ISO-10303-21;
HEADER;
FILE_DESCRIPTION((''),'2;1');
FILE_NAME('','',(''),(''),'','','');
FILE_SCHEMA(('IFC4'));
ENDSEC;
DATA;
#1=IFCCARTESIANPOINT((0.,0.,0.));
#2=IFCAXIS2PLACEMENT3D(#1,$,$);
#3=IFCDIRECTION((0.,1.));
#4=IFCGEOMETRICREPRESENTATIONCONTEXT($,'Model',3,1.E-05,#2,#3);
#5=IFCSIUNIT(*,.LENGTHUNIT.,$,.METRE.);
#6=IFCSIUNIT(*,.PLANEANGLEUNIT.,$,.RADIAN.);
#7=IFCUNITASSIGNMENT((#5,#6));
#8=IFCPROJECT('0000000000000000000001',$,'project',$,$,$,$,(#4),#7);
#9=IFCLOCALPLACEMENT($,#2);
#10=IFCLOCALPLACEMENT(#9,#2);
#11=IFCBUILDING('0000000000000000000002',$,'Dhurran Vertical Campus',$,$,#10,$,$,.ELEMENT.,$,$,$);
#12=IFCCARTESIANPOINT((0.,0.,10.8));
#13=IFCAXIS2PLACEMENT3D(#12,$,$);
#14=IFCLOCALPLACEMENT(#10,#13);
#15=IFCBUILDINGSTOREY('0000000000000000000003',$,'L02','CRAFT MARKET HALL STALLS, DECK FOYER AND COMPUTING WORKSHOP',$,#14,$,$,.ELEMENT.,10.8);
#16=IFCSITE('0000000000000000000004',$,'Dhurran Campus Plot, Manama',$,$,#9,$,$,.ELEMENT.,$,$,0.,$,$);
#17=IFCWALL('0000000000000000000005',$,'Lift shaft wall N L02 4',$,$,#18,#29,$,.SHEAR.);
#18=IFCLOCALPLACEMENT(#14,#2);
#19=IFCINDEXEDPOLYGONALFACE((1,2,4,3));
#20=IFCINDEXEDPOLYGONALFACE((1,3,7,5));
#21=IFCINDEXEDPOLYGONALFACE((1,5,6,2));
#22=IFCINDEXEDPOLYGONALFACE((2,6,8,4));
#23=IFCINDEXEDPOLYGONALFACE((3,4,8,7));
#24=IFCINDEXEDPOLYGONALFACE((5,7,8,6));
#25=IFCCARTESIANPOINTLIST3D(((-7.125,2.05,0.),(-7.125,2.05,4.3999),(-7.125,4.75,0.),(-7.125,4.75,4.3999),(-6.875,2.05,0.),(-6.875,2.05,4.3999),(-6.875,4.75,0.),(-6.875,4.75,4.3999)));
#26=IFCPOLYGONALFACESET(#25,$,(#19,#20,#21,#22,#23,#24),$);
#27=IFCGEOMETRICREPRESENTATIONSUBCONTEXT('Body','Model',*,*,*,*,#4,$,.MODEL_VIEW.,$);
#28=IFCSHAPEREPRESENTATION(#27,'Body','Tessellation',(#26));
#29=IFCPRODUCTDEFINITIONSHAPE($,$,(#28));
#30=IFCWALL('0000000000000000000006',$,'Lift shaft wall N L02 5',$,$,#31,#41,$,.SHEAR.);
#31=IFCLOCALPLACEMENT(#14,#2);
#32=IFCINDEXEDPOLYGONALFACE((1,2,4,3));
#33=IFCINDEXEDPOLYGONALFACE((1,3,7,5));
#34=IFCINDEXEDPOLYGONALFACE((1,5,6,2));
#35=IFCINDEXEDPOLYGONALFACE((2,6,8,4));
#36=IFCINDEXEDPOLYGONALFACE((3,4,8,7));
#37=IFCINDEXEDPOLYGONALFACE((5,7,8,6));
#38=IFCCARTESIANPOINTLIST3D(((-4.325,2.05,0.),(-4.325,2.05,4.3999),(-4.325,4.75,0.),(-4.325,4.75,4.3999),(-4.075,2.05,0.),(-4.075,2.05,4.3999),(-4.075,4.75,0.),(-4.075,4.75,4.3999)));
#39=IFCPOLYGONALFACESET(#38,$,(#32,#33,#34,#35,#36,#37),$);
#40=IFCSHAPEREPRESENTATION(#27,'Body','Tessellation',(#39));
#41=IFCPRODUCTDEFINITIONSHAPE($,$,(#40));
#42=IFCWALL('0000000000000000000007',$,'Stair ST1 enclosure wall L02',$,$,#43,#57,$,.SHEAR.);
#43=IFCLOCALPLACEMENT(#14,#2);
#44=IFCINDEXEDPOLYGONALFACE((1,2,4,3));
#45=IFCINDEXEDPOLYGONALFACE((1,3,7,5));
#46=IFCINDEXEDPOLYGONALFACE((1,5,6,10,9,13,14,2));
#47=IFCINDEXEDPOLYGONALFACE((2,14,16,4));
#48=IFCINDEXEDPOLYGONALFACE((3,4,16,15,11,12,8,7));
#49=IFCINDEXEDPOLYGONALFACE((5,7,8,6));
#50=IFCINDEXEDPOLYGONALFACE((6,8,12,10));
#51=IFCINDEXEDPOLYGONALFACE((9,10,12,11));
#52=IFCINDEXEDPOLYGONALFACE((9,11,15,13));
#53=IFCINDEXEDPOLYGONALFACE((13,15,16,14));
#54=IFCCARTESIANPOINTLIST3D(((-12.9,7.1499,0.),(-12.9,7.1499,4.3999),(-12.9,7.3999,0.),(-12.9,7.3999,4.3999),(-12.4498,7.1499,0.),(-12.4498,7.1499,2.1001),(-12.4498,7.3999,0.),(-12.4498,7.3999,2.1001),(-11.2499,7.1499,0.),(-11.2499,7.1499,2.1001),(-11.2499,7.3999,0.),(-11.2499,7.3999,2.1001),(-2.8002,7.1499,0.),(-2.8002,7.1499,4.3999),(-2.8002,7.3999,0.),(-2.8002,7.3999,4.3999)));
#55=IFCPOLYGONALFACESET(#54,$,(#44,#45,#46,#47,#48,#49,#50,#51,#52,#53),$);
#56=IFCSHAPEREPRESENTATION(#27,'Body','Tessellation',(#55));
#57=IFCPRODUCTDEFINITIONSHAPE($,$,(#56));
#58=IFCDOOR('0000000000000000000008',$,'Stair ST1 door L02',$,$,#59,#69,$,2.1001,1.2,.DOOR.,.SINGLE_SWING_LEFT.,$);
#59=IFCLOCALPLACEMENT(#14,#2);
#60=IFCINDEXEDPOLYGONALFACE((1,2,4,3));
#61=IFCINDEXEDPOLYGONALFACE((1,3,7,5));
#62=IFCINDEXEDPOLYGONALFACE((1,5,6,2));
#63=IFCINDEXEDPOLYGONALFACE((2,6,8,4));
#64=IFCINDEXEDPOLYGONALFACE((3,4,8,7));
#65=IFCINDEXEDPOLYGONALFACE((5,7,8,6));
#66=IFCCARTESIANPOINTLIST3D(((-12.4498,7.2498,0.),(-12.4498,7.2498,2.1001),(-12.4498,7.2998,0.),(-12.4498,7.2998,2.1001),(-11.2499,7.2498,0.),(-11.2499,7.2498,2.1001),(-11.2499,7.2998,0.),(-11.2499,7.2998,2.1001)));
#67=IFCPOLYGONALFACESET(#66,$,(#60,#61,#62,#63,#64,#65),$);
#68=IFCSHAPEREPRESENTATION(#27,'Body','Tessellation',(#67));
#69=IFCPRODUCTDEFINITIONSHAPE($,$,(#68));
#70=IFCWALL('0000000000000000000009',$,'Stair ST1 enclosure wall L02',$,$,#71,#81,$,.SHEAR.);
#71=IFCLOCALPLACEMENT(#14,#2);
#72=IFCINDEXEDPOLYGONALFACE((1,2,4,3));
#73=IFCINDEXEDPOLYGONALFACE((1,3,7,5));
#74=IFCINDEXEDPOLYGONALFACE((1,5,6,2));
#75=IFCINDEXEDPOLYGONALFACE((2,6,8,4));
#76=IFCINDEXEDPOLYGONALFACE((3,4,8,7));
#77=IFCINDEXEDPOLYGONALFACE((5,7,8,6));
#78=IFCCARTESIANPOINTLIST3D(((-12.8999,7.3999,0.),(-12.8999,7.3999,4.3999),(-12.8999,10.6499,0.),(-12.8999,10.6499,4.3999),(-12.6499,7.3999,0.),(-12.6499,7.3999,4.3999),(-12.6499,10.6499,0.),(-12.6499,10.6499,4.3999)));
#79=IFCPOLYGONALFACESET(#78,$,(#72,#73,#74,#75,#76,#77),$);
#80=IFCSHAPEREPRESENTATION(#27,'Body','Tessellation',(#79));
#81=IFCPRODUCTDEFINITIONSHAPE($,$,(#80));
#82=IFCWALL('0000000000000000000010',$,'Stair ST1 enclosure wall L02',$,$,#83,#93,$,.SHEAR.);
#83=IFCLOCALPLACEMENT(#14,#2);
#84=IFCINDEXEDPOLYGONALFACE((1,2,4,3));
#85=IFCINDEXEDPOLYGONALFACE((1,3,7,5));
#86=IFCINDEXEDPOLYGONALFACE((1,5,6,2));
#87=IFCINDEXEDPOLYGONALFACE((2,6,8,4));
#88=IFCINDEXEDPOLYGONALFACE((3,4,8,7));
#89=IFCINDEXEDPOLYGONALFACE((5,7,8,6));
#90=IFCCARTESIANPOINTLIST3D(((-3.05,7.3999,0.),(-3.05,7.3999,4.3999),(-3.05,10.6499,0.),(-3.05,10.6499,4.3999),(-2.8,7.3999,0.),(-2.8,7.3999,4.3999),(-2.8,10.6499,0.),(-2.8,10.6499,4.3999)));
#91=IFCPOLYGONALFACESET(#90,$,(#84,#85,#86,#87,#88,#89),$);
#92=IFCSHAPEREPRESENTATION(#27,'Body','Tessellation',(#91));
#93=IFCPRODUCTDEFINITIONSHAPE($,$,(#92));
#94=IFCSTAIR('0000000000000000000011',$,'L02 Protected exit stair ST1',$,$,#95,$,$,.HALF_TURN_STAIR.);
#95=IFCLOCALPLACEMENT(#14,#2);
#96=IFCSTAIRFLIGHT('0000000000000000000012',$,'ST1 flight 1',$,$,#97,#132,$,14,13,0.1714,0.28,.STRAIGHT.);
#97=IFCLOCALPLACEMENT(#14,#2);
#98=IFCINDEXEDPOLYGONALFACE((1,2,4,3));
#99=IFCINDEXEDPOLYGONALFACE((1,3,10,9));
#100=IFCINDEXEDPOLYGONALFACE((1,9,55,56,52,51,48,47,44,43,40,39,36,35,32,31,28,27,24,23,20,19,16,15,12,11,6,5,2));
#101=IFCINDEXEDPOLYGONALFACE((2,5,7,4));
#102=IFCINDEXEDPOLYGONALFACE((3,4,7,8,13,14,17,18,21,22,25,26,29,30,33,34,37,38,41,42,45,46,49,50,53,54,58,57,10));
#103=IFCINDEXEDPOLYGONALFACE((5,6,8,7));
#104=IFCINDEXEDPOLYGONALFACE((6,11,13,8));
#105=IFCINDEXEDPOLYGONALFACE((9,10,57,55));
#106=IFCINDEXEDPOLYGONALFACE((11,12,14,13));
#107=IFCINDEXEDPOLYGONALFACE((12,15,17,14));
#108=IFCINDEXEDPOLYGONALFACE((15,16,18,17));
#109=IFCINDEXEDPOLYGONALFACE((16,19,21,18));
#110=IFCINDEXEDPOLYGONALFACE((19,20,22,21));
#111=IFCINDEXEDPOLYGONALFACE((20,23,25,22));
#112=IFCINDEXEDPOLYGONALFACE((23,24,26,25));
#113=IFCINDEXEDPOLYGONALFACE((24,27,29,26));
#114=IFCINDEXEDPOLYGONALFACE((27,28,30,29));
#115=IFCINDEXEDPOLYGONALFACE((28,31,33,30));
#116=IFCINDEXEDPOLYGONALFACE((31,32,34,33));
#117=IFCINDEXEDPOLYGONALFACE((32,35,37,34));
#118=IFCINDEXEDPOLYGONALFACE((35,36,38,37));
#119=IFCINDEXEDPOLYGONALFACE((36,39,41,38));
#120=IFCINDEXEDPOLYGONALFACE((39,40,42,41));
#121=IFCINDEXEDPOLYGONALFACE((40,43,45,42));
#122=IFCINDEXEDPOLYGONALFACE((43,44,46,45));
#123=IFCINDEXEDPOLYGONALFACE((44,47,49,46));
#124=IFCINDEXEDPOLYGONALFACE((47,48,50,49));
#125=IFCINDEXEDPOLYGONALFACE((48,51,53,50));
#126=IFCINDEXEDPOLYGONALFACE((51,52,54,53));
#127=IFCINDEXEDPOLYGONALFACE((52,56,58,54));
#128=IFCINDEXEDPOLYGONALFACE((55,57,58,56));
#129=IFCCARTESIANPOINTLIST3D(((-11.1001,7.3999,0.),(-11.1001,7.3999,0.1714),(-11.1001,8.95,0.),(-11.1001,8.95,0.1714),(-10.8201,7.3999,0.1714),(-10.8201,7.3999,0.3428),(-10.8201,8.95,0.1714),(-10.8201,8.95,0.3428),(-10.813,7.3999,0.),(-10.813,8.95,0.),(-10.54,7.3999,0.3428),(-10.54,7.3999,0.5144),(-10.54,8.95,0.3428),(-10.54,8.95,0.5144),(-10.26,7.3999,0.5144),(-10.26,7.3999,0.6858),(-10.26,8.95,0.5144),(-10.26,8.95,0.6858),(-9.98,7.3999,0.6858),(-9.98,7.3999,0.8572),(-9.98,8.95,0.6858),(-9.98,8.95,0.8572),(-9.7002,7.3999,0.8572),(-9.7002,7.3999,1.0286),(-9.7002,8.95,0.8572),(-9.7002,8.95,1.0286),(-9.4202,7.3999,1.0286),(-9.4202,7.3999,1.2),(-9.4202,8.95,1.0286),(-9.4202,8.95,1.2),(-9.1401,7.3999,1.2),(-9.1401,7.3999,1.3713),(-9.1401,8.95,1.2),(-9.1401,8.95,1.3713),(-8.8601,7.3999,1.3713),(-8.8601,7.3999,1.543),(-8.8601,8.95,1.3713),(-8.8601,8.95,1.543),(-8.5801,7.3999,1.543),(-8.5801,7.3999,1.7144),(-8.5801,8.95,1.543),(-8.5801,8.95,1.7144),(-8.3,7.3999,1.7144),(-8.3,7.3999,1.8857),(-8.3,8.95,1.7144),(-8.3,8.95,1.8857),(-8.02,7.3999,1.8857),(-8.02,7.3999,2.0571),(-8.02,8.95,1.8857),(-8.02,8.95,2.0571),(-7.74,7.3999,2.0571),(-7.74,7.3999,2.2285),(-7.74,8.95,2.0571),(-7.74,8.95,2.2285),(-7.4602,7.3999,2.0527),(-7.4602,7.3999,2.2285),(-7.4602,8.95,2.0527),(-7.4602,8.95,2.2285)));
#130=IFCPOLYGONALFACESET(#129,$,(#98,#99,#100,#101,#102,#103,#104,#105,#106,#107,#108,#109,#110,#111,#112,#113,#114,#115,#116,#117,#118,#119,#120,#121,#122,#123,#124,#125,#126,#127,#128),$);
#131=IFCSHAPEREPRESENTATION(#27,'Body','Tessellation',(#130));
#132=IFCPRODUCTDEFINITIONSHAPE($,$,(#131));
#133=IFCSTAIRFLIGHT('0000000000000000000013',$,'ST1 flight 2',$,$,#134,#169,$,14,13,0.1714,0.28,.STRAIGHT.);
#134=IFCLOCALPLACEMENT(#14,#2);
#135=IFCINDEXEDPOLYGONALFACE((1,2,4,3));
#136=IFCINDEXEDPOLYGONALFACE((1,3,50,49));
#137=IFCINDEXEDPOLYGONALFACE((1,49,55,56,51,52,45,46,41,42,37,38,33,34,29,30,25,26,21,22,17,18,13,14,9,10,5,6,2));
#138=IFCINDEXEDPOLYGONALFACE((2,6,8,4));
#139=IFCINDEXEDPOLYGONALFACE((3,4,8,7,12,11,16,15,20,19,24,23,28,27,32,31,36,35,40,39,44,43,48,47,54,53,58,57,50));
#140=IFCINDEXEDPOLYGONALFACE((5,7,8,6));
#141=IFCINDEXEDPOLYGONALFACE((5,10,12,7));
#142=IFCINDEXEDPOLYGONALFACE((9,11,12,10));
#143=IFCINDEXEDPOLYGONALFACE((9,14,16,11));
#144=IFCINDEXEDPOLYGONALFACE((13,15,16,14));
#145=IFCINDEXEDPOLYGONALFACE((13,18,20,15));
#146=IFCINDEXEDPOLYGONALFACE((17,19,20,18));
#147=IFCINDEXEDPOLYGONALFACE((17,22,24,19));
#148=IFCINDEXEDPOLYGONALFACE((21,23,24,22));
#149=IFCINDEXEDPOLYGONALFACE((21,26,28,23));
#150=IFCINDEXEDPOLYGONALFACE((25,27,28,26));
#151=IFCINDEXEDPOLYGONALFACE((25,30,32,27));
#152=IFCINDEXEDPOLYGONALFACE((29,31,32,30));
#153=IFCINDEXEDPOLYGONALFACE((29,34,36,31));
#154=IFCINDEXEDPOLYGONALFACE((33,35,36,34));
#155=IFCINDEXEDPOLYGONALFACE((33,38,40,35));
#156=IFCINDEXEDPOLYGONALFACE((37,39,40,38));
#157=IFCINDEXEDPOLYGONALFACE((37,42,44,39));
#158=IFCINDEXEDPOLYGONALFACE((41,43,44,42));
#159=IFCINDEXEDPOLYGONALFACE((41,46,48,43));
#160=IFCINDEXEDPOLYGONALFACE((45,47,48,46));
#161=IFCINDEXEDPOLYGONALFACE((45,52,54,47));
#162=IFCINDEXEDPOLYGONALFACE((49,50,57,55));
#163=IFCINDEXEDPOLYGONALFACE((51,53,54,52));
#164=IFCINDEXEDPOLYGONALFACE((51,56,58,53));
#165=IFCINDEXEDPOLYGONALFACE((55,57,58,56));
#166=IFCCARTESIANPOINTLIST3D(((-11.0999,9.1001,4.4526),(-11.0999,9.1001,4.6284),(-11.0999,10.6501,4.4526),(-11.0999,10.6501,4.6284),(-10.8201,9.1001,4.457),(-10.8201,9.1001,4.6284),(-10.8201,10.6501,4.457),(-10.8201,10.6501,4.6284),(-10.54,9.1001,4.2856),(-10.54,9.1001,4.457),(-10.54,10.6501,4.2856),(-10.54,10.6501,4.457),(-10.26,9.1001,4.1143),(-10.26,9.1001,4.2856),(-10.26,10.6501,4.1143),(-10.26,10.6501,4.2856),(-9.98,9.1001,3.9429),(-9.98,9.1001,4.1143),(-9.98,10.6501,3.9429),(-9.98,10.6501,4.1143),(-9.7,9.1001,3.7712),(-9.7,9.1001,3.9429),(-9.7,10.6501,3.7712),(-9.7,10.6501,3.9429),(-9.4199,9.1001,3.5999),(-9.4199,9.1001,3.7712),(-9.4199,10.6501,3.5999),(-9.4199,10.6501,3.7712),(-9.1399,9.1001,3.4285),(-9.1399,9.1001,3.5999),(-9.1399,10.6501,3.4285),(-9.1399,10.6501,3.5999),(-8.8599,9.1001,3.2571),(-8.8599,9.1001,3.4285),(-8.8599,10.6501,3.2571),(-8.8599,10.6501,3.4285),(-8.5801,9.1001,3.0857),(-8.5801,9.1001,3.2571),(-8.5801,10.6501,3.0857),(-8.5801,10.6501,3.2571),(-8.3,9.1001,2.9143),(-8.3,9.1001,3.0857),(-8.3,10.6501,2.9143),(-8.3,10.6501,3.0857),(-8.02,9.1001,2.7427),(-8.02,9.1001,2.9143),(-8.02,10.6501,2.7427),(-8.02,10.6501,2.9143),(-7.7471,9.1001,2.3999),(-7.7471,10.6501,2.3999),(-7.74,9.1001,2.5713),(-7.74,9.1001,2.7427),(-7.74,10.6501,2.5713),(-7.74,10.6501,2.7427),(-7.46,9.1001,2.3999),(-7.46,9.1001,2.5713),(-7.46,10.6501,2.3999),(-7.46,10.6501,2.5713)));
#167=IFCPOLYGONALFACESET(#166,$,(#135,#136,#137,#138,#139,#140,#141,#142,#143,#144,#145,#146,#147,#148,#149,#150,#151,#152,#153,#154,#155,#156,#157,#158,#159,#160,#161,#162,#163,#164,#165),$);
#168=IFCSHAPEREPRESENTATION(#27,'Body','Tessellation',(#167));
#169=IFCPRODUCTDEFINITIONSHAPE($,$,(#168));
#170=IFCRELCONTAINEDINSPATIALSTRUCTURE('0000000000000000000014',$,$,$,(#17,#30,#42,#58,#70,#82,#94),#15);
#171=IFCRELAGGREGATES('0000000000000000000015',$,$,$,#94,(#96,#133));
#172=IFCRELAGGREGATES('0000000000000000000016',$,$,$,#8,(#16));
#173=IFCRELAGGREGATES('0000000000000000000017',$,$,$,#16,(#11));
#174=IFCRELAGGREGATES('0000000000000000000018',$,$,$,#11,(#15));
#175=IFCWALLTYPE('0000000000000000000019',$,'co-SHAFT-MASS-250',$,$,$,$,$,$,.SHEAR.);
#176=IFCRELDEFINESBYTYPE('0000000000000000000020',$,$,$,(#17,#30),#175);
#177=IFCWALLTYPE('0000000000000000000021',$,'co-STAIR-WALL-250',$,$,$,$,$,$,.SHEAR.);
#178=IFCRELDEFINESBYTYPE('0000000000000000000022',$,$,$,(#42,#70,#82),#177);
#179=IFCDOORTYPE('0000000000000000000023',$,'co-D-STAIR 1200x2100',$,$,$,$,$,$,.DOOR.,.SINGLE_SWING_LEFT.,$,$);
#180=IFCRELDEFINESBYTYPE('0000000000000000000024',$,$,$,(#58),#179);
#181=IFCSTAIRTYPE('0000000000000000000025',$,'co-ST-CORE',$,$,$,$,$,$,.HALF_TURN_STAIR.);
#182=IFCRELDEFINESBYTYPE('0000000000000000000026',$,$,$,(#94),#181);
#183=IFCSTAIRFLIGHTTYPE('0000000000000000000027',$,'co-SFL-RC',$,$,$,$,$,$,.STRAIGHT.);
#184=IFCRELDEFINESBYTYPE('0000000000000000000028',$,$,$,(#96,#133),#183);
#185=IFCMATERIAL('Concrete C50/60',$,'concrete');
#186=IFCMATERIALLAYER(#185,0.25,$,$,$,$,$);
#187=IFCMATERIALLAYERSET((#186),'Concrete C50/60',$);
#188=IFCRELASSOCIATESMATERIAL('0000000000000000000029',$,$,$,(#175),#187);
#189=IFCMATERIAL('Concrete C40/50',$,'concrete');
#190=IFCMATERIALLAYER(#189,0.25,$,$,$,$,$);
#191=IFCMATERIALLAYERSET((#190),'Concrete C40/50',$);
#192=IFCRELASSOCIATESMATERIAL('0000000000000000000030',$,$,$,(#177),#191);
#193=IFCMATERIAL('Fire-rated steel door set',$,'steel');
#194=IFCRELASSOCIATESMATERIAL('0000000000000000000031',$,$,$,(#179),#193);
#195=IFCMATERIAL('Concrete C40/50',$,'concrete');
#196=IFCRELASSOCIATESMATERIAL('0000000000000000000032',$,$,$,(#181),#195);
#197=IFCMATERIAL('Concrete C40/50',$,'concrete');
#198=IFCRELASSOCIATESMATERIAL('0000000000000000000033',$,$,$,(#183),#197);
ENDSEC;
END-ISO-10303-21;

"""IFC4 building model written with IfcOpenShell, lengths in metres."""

from ifc_helpers import new_model, si_unit, direction, frame, frame_2d, origin, place, context, subcontext, project, spatial, polyline, rectangle, outline, extrude, material, layer, layer_set, type_object, element, fill, aggregate, save


model = new_model("IFC4")

# Units and contexts
model_context = context("Model", 3, precision=1e-05, world=origin(), true_north=direction((0.0, 1.0)))
body_context = subcontext(model_context, "Body", "Model", "MODEL_VIEW")
ifc_project = project(units=[si_unit("LENGTHUNIT", "METRE"), si_unit("PLANEANGLEUNIT", "RADIAN")], contexts=[model_context])

# Site, building, storey
site_placement = place(None, origin())
site = spatial("IfcSite", under=ifc_project, at=site_placement, Name="Dhurran Campus Plot, Manama", CompositionType="ELEMENT", RefElevation=0.0)
building_placement = place(site_placement, origin())
building = spatial("IfcBuilding", under=site, at=building_placement, Name="Dhurran Vertical Campus", CompositionType="ELEMENT")
storey_placement = place(building_placement, frame((0.0, 0.0, 10.8)))
storey = spatial("IfcBuildingStorey", under=building, at=storey_placement, Name="L02", Description="CRAFT MARKET HALL STALLS, DECK FOYER AND COMPUTING WORKSHOP", CompositionType="ELEMENT", Elevation=10.8)

# Walls
ifc_material_1 = material(Name="Concrete C50/60", Category="concrete")
ifc_layer_1 = layer(ifc_material_1, 0.25)
ifc_layer_set_1 = layer_set([ifc_layer_1], Name="Concrete C50/60")
wall_type_1 = type_object("IfcWallType", Name="co-SHAFT-MASS-250", PredefinedType="SHEAR", material=ifc_layer_set_1)
wall_1_placement = place(storey_placement, origin())
element("IfcWall", 1, at=wall_1_placement, inside=storey, type_object=wall_type_1, Name="Lift shaft wall N L02 4", PredefinedType="SHEAR", context=body_context, shape_type="SweptSolid", body=[
    extrude(outline(polyline([(-7.125, 2.05), (-6.875, 2.05), (-6.875, 4.75), (-7.125, 4.75), (-7.125, 2.05)])), origin(), (0.0, 0.0, 1.0), 4.3999),
])
wall_2_placement = place(storey_placement, origin())
element("IfcWall", 2, at=wall_2_placement, inside=storey, type_object=wall_type_1, Name="Lift shaft wall N L02 5", PredefinedType="SHEAR", context=body_context, shape_type="SweptSolid", body=[
    extrude(outline(polyline([(-4.325, 2.05), (-4.075, 2.05), (-4.075, 4.75), (-4.325, 4.75), (-4.325, 2.05)])), origin(), (0.0, 0.0, 1.0), 4.3999),
])

# Wall, opening, door
ifc_material_2 = material(Name="Concrete C40/50", Category="concrete")
ifc_layer_2 = layer(ifc_material_2, 0.25)
ifc_layer_set_2 = layer_set([ifc_layer_2], Name="Concrete C40/50")
wall_type_2 = type_object("IfcWallType", Name="co-STAIR-WALL-250", PredefinedType="SHEAR", material=ifc_layer_set_2)
wall_3_placement = place(storey_placement, frame((-12.8999, 7.2749, 0.0), z_axis=(0.0, 0.0, 1.0), x_axis=(1.0, 0.0, 0.0)))
wall_3 = element("IfcWall", 3, at=wall_3_placement, inside=storey, type_object=wall_type_2, Name="Stair ST1 enclosure wall L02", PredefinedType="SHEAR", context=body_context, shape_type="SweptSolid", body=[
    extrude(rectangle(XDim=10.0999, YDim=0.25, at=frame_2d((5.0498, 0.0))), origin(), (0.0, 0.0, 1.0), 4.3999),
])
opening_1_placement = place(wall_3_placement, frame((0.45, 0.0, 0.0)))
opening_1 = element("IfcOpeningElement", 4, at=opening_1_placement, cuts=wall_3, PredefinedType="OPENING", context=body_context, shape_type="SweptSolid", body=[
    extrude(rectangle(XDim=1.2, YDim=2.1001, at=frame_2d((0.6001, 1.05))), frame((0.0, 0.135, 0.0), z_axis=(0.0, -1.0, 0.0), x_axis=(1.0, 0.0, 0.0)), (0.0, 0.0, 1.0), 0.27),
])
ifc_material_3 = material(Name="Fire-rated steel door set", Category="steel")
door_type_1 = type_object("IfcDoorType", Name="co-D-STAIR 1200x2100", OperationType="SINGLE_SWING_LEFT", PredefinedType="DOOR", material=ifc_material_3)
door_1_placement = place(opening_1_placement, origin())
door_1 = element("IfcDoor", 5, at=door_1_placement, inside=storey, type_object=door_type_1, Name="Stair ST1 door L02", OperationType="SINGLE_SWING_LEFT", OverallHeight=2.1001, OverallWidth=1.2, PredefinedType="DOOR", context=body_context, shape_type="SweptSolid", body=[
    extrude(rectangle(XDim=1.2, YDim=2.1001, at=frame_2d((0.6001, 1.05))), frame((0.0, 0.0249, 0.0), z_axis=(0.0, -1.0, 0.0), x_axis=(1.0, 0.0, 0.0)), (0.0, 0.0, 1.0), 0.05),
])
fill(opening_1, door_1)

# Walls
for number, where, z_axis, x_axis, name in (
    (6, (-12.7749, 7.3999, 0.0), (0.0, 0.0, 1.0), (0.0, 1.0, 0.0), "Stair ST1 enclosure wall L02"),
    (7, (-2.925, 7.3999, 0.0), (0.0, 0.0, 1.0), (0.0, 1.0, 0.0), "Stair ST1 enclosure wall L02"),
):
    element("IfcWall", number, at=place(storey_placement, frame(where, z_axis=z_axis, x_axis=x_axis)), inside=storey, type_object=wall_type_2, Name=name, PredefinedType="SHEAR", context=body_context, shape_type="SweptSolid", body=[
        extrude(rectangle(XDim=3.25, YDim=0.25, at=frame_2d((1.625, 0.0))), origin(), (0.0, 0.0, 1.0), 4.3999),
    ])

# Stair, stair flights
ifc_material_4 = material(Name="Concrete C40/50", Category="concrete")
stair_type = type_object("IfcStairType", Name="co-ST-CORE", PredefinedType="HALF_TURN_STAIR", material=ifc_material_4)
stair_placement = place(storey_placement, origin())
stair = element("IfcStair", 8, at=stair_placement, inside=storey, type_object=stair_type, Name="L02 Protected exit stair ST1", PredefinedType="HALF_TURN_STAIR")
ifc_material_5 = material(Name="Concrete C40/50", Category="concrete")
stair_flight_type = type_object("IfcStairFlightType", Name="co-SFL-RC", PredefinedType="STRAIGHT", material=ifc_material_5)
stair_flight_1_placement = place(storey_placement, frame((-11.1001, 8.175, 0.0), z_axis=(0.0, 0.0, 1.0), x_axis=(1.0, 0.0, 0.0)))
stair_flight_1 = element("IfcStairFlight", 9, at=stair_flight_1_placement, type_object=stair_flight_type, Name="ST1 flight 1", NumberOfRisers=14, NumberOfTreads=13, PredefinedType="STRAIGHT", RiserHeight=0.1714, TreadLength=0.28, context=body_context, shape_type="SweptSolid", body=[
    extrude(outline(polyline([(0.0, 0.0), (0.0, 0.1714), (0.28, 0.1714), (0.28, 0.3428), (0.5601, 0.3428), (0.5601, 0.5144), (0.8401, 0.5144), (0.8401, 0.6858), (1.1201, 0.6858), (1.1201, 0.8572), (1.3999, 0.8572), (1.3999, 1.0286), (1.6799, 1.0286), (1.6799, 1.2), (1.96, 1.2), (1.96, 1.3713), (2.24, 1.3713), (2.24, 1.543), (2.52, 1.543), (2.52, 1.7144), (2.8, 1.7144), (2.8, 1.8857), (3.0801, 1.8857), (3.0801, 2.0571), (3.3601, 2.0571), (3.3601, 2.2285), (3.6399, 2.2285), (3.6399, 2.3999), (3.6399, 2.0527), (0.2871, 0.0), (0.0, 0.0)])), frame((0.0, 0.7749, 0.0), z_axis=(0.0, -1.0, 0.0), x_axis=(1.0, 0.0, 0.0)), (0.0, 0.0, 1.0), 1.55),
])
stair_flight_2_placement = place(storey_placement, frame((-7.46, 9.875, 2.3999), z_axis=(0.0, 0.0, 1.0), x_axis=(-1.0, 0.0, 0.0)))
stair_flight_2 = element("IfcStairFlight", 10, at=stair_flight_2_placement, type_object=stair_flight_type, Name="ST1 flight 2", NumberOfRisers=14, NumberOfTreads=13, PredefinedType="STRAIGHT", RiserHeight=0.1714, TreadLength=0.28, context=body_context, shape_type="SweptSolid", body=[
    extrude(outline(polyline([(0.0, 0.0), (0.0, 0.1714), (0.28, 0.1714), (0.28, 0.3428), (0.5601, 0.3428), (0.5601, 0.5144), (0.8401, 0.5144), (0.8401, 0.6858), (1.1201, 0.6858), (1.1201, 0.8572), (1.3999, 0.8572), (1.3999, 1.0286), (1.6799, 1.0286), (1.6799, 1.2), (1.96, 1.2), (1.96, 1.3713), (2.24, 1.3713), (2.24, 1.543), (2.52, 1.543), (2.52, 1.7144), (2.8, 1.7144), (2.8, 1.8857), (3.0801, 1.8857), (3.0801, 2.0571), (3.3601, 2.0571), (3.3601, 2.2285), (3.6399, 2.2285), (3.6399, 2.3999), (3.6399, 2.0527), (0.2871, 0.0), (0.0, 0.0)])), frame((0.0, 0.7749, 0.0), z_axis=(0.0, -1.0, 0.0), x_axis=(1.0, 0.0, 0.0)), (0.0, 0.0, 1.0), 1.55),
])
aggregate(stair, [stair_flight_1, stair_flight_2])

save(model, "model.ifc")
